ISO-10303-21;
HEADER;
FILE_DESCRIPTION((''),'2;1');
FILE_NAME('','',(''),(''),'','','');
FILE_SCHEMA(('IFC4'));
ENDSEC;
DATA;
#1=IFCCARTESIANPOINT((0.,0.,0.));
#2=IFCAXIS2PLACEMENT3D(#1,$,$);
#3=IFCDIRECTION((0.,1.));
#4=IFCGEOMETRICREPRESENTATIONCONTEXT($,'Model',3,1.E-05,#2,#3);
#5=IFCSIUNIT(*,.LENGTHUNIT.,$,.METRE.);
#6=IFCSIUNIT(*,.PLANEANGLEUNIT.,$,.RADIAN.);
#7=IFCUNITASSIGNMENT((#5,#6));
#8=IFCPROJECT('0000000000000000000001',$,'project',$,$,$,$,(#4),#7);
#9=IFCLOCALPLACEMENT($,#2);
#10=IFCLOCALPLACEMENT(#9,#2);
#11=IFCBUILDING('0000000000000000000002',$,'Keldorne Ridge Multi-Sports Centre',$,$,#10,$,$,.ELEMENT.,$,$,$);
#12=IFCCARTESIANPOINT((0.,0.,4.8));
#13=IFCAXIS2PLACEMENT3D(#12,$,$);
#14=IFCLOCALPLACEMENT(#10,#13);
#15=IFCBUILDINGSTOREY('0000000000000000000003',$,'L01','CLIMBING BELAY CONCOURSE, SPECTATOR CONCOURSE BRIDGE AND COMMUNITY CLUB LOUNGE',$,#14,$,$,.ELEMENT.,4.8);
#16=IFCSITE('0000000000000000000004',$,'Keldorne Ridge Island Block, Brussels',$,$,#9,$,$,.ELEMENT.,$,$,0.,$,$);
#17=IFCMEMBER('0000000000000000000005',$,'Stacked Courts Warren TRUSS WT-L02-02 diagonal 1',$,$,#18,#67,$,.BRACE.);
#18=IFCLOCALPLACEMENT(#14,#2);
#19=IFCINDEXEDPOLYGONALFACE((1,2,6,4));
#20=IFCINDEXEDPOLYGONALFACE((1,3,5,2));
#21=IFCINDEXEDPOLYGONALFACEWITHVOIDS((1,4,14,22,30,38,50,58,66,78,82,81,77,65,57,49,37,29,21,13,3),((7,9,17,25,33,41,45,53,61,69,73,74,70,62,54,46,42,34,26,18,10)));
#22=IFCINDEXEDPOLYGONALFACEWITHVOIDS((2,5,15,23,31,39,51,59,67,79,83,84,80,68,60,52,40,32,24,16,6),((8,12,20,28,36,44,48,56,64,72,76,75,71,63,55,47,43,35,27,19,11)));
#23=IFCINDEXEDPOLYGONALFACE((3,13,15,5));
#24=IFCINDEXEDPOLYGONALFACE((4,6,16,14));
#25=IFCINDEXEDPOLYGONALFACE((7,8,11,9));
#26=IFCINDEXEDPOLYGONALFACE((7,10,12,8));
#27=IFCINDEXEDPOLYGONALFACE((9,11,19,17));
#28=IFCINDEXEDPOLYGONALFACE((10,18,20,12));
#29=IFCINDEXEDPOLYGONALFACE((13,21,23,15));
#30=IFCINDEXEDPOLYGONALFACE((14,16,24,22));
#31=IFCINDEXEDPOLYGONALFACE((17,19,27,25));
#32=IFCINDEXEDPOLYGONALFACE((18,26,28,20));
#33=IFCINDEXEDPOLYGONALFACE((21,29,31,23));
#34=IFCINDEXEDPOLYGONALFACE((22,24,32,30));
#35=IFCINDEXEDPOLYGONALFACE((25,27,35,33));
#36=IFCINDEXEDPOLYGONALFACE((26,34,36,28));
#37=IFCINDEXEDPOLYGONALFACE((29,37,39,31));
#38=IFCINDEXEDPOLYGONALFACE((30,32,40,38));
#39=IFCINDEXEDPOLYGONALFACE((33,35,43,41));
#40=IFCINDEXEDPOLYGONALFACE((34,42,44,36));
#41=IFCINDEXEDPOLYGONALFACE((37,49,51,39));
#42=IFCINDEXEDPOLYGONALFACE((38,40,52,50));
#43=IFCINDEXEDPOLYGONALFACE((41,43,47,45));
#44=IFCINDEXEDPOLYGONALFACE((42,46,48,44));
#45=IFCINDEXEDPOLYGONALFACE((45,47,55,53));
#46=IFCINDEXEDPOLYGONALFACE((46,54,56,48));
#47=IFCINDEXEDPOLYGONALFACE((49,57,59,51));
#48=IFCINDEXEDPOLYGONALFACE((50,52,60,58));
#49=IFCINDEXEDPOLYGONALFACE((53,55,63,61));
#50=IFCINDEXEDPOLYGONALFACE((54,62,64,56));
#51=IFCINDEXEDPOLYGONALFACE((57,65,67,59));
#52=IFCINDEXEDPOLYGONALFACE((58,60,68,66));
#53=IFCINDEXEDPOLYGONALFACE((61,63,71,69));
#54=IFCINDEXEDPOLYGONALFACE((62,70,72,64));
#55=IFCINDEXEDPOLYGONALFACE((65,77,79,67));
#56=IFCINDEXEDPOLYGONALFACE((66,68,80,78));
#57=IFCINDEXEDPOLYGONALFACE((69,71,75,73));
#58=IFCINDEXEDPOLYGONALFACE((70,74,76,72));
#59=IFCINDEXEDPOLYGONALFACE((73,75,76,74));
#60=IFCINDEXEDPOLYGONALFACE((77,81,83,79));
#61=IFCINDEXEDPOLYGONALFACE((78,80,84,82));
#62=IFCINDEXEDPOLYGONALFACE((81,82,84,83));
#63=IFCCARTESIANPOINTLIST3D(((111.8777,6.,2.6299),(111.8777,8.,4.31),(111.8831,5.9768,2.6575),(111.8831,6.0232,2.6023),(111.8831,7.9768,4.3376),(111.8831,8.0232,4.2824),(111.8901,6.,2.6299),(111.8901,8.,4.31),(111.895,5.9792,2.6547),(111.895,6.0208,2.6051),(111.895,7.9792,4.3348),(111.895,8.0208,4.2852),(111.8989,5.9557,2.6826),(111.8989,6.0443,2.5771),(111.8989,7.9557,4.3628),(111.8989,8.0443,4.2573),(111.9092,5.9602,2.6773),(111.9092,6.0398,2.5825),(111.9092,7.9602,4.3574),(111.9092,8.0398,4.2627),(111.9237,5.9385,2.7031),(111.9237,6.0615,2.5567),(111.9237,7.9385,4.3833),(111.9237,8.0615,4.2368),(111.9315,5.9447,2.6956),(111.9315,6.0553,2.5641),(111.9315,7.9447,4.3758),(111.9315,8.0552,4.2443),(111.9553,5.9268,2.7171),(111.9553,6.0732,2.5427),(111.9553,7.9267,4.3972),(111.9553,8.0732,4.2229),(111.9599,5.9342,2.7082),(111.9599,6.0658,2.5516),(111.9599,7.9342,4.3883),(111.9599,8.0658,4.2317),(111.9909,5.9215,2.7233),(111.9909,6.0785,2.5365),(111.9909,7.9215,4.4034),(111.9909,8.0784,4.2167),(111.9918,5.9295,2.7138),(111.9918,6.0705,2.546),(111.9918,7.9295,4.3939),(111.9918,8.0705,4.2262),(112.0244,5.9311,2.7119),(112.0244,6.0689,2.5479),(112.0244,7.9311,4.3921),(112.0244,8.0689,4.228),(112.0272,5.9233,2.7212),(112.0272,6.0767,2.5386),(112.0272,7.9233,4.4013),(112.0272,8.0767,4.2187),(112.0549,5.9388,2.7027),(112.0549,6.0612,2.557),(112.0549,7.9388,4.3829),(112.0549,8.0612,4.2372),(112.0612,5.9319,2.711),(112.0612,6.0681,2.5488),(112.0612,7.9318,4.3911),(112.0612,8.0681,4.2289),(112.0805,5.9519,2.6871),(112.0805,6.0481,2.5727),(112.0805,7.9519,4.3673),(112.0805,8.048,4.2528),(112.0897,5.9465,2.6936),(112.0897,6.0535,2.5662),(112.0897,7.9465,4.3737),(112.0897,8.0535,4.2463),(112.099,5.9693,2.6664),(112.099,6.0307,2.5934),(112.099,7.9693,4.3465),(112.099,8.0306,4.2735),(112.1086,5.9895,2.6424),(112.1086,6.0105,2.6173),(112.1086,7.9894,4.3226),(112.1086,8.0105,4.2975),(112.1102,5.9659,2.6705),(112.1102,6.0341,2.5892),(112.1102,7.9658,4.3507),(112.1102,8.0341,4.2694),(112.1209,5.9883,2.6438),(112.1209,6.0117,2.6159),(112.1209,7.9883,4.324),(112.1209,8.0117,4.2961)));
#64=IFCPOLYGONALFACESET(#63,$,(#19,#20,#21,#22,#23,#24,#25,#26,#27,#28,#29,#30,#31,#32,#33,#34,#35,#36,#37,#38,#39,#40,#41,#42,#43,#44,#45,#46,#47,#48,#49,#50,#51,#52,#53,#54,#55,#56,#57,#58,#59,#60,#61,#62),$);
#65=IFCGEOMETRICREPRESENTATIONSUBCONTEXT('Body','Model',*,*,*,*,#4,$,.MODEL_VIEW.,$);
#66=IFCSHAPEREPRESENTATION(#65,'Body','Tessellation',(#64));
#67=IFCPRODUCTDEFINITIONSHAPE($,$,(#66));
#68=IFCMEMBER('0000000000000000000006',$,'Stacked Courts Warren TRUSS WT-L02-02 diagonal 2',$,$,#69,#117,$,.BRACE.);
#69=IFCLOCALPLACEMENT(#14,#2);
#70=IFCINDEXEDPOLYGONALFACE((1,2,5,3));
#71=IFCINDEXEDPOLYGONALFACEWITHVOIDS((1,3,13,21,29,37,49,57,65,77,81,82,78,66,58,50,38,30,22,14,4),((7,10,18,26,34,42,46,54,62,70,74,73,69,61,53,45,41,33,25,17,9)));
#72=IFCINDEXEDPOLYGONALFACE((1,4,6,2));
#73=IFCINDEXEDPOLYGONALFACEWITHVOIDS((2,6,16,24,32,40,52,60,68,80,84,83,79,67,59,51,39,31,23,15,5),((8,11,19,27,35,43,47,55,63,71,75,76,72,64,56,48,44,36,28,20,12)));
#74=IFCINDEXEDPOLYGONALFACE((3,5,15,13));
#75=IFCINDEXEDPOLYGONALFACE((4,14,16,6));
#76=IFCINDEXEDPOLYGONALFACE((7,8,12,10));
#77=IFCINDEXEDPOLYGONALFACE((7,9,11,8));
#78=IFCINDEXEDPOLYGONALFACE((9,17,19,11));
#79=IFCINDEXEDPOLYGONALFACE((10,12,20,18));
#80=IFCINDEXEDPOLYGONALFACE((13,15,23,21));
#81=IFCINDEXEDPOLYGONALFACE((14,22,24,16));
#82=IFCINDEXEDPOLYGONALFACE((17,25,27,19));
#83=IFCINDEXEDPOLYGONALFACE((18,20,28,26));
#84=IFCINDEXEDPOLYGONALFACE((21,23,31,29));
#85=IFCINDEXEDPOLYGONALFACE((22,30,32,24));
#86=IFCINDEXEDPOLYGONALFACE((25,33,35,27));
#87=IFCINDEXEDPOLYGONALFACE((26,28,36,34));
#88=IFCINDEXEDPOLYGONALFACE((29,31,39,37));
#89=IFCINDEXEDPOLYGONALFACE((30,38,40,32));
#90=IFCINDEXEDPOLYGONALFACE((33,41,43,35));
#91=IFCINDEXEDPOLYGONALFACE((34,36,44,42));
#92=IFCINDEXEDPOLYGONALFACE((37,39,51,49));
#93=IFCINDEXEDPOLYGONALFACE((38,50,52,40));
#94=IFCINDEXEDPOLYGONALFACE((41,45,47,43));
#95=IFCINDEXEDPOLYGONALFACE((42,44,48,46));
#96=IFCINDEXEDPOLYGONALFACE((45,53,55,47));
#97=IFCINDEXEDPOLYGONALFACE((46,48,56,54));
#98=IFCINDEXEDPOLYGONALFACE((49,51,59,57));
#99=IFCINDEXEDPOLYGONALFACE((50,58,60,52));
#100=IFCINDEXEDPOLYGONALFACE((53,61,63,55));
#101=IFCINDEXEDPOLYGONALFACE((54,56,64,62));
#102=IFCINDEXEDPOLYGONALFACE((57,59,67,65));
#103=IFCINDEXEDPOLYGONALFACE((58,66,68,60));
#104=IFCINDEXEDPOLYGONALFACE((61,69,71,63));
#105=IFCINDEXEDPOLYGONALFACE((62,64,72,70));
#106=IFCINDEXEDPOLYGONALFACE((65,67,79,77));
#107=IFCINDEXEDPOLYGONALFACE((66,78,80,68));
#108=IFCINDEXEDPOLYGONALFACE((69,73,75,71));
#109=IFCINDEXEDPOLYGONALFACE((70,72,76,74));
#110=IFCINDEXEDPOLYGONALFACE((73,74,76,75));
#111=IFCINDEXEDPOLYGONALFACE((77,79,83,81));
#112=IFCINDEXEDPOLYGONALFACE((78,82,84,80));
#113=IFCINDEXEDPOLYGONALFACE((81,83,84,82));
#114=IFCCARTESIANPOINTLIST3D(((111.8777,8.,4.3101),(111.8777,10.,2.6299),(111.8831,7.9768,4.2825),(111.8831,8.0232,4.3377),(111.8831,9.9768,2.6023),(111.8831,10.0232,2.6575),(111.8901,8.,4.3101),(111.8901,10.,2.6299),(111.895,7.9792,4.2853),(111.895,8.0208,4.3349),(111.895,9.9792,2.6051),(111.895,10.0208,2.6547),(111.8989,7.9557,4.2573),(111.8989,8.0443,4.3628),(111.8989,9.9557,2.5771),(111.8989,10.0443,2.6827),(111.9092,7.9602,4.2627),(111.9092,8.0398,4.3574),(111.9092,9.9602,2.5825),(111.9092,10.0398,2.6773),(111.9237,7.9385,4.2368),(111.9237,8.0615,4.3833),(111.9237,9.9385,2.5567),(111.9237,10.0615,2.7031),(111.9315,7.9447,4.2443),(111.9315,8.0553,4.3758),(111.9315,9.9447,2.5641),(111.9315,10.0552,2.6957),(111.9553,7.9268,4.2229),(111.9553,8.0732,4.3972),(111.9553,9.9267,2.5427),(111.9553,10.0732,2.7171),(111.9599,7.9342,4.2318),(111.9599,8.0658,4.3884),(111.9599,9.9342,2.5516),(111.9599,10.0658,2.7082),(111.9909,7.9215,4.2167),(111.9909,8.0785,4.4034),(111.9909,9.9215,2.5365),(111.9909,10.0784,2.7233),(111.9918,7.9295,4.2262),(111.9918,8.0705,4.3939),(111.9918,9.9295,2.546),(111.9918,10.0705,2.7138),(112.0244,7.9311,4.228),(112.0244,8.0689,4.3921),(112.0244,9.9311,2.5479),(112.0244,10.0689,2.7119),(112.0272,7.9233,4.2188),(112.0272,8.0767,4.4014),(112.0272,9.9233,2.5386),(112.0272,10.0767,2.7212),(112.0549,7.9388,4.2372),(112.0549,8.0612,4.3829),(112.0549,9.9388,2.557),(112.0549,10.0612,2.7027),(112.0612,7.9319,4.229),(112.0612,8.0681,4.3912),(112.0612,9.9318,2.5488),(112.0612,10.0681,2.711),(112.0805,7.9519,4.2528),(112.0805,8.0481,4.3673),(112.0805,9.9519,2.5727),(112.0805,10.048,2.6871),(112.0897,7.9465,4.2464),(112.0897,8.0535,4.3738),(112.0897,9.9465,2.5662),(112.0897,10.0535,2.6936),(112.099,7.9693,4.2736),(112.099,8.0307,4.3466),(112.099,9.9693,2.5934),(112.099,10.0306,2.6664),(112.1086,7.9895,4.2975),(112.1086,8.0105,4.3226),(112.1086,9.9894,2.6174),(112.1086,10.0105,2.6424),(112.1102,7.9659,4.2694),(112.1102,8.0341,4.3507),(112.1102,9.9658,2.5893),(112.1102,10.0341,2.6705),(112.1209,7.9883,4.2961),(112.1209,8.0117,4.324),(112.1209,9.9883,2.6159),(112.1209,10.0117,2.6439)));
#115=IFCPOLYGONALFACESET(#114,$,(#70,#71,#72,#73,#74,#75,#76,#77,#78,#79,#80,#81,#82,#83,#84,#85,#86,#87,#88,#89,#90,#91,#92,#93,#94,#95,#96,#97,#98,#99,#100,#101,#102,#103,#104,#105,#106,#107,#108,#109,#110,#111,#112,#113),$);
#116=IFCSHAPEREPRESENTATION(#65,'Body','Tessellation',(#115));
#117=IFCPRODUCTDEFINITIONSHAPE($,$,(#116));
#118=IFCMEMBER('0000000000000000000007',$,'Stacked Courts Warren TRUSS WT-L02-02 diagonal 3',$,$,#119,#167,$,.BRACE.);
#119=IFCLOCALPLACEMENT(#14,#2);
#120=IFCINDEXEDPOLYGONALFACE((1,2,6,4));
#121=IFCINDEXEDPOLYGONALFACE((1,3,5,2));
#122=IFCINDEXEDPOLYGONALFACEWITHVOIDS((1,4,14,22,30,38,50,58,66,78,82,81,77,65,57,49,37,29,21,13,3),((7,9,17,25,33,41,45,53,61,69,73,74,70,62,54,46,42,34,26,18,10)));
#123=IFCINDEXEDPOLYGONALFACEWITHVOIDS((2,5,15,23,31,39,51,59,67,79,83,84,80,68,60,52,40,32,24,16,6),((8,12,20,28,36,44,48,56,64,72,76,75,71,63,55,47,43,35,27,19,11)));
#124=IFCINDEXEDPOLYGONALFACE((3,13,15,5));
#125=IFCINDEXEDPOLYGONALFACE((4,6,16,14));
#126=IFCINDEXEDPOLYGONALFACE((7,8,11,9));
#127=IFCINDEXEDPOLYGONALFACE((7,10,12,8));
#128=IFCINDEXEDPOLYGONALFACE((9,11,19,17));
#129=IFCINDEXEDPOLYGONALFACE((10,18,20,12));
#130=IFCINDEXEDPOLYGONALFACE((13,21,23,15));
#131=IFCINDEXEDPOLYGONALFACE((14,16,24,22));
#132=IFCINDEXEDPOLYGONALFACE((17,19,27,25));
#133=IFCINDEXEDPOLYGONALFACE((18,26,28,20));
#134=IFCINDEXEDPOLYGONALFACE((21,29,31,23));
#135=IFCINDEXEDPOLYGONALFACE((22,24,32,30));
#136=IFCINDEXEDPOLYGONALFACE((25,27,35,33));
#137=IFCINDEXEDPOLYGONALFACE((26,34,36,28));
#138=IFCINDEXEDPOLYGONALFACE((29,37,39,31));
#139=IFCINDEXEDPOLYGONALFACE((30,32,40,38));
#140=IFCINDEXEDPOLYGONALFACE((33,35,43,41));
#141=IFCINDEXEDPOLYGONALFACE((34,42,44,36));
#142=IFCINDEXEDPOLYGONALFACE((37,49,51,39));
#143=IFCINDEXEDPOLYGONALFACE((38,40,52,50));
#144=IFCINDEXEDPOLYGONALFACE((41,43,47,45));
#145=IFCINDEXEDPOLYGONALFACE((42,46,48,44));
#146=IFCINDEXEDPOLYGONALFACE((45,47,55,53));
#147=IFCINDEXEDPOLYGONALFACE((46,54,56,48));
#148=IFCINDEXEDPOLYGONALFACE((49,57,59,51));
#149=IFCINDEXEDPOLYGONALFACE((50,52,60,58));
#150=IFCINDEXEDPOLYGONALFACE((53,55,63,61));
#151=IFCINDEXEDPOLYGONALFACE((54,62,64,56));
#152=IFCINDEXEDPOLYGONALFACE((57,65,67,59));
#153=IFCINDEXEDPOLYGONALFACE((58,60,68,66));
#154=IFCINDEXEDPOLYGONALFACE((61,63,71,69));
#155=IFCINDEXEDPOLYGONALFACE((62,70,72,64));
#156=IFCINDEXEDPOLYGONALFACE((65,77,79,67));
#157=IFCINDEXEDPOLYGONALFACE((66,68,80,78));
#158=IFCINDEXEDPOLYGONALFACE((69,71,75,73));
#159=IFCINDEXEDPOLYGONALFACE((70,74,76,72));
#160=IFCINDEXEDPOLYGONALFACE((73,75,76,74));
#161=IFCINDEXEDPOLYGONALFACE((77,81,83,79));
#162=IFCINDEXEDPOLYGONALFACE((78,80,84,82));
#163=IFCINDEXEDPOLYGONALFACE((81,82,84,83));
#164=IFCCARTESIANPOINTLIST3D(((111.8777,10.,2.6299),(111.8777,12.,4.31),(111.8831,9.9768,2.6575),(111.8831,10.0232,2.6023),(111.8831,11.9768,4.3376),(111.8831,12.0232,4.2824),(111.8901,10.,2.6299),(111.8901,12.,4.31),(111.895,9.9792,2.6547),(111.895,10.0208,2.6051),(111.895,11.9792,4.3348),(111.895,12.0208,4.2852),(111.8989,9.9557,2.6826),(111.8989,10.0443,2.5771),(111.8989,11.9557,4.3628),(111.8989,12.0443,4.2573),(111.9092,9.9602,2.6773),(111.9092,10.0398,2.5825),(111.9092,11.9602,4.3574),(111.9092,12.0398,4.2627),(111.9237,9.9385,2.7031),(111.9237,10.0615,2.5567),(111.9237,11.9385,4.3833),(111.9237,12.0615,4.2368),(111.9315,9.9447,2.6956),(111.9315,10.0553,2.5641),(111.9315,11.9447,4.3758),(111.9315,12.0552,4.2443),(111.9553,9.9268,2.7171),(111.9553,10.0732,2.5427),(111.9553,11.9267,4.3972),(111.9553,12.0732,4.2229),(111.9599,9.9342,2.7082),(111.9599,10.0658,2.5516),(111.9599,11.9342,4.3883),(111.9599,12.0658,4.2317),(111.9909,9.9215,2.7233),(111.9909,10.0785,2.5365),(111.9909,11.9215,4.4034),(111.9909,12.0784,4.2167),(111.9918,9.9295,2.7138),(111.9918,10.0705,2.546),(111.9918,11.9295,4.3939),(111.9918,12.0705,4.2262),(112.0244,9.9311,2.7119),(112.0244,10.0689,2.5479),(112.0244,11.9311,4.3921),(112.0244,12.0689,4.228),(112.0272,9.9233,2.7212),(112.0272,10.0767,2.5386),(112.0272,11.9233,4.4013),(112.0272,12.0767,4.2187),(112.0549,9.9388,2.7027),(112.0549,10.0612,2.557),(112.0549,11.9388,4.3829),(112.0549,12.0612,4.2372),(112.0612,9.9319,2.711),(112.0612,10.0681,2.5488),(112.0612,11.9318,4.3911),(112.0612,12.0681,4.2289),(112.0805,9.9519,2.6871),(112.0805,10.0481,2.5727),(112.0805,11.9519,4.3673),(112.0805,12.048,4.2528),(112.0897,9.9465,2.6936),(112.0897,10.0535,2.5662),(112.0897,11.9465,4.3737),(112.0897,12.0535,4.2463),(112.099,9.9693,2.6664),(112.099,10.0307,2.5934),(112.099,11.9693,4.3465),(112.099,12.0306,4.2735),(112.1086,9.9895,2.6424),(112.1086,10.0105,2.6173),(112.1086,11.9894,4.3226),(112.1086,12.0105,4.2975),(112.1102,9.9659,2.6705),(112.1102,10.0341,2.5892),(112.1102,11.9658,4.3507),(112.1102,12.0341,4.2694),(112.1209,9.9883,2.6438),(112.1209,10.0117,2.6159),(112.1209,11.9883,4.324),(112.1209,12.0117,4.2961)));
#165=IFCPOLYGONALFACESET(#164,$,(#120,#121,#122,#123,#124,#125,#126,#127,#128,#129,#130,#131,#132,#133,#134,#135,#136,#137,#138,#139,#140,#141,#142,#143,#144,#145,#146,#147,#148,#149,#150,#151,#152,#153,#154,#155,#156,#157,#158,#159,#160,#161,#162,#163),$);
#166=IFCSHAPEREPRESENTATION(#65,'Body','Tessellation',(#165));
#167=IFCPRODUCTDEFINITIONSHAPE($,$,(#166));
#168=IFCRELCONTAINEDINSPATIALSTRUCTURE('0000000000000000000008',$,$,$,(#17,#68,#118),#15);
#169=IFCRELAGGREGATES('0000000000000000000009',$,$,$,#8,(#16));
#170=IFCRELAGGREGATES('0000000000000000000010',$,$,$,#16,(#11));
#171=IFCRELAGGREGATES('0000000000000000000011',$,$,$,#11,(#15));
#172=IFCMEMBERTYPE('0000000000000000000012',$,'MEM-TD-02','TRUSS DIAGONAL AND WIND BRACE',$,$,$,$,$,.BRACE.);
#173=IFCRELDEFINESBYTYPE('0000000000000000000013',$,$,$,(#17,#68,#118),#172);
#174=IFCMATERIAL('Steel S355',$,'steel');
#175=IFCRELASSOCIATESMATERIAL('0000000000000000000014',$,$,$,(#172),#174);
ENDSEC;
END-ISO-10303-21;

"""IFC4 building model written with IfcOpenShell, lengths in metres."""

from ifc_helpers import new_model, si_unit, direction, frame, origin, origin_2d, place, context, subcontext, project, spatial, hollow_circle, extrude, material, material_profile, profile_set, type_object, element, save


model = new_model("IFC4")

# Units and contexts
model_context = context("Model", 3, precision=1e-05, world=origin(), true_north=direction((0.0, 1.0)))
body_context = subcontext(model_context, "Body", "Model", "MODEL_VIEW")
ifc_project = project(units=[si_unit("LENGTHUNIT", "METRE"), si_unit("PLANEANGLEUNIT", "RADIAN")], contexts=[model_context])

# Site, building, storey
site_placement = place(None, origin())
site = spatial("IfcSite", under=ifc_project, at=site_placement, Name="Keldorne Ridge Island Block, Brussels", CompositionType="ELEMENT", RefElevation=0.0)
building_placement = place(site_placement, origin())
building = spatial("IfcBuilding", under=site, at=building_placement, Name="Keldorne Ridge Multi-Sports Centre", CompositionType="ELEMENT")
storey_placement = place(building_placement, frame((0.0, 0.0, 4.8)))
storey = spatial("IfcBuildingStorey", under=building, at=storey_placement, Name="L01", Description="CLIMBING BELAY CONCOURSE, SPECTATOR CONCOURSE BRIDGE AND COMMUNITY CLUB LOUNGE", CompositionType="ELEMENT", Elevation=4.8)

# Shared definitions
ifc_material_1 = material(Name="Steel S355", Category="steel")

# Members
ifc_material_profile_1 = material_profile(ifc_material_1, hollow_circle(Radius=0.1223, WallThickness=0.0125, at=origin_2d()), Name="CHS 244.5x12.5")
ifc_profile_set_1 = profile_set([ifc_material_profile_1], Name="Steel S355")
member_type_1 = type_object("IfcMemberType", Name="MEM-TD-02", Description="TRUSS DIAGONAL AND WIND BRACE", PredefinedType="BRACE", material=ifc_profile_set_1)
for number, where, z_axis, x_axis, name in (
    (1, (112.0, 6.0, 2.6299), (0.0, 0.765672, 0.643232), (-1.0, 0.0, 0.0), "Stacked Courts Warren TRUSS WT-L02-02 diagonal 1"),
    (2, (112.0, 8.0, 4.3101), (0.0, 0.765672, -0.643232), (-1.0, 0.0, 0.0), "Stacked Courts Warren TRUSS WT-L02-02 diagonal 2"),
    (3, (112.0, 10.0, 2.6299), (0.0, 0.765672, 0.643232), (-1.0, 0.0, 0.0), "Stacked Courts Warren TRUSS WT-L02-02 diagonal 3"),
):
    element("IfcMember", number, at=place(storey_placement, frame(where, z_axis=z_axis, x_axis=x_axis)), inside=storey, type_object=member_type_1, Name=name, PredefinedType="BRACE", context=body_context, shape_type="SweptSolid", body=[
        extrude(hollow_circle(Radius=0.1223, WallThickness=0.0125, at=origin_2d()), origin(), (0.0, 0.0, 1.0), 2.6121),
    ])

save(model, "model.ifc")
